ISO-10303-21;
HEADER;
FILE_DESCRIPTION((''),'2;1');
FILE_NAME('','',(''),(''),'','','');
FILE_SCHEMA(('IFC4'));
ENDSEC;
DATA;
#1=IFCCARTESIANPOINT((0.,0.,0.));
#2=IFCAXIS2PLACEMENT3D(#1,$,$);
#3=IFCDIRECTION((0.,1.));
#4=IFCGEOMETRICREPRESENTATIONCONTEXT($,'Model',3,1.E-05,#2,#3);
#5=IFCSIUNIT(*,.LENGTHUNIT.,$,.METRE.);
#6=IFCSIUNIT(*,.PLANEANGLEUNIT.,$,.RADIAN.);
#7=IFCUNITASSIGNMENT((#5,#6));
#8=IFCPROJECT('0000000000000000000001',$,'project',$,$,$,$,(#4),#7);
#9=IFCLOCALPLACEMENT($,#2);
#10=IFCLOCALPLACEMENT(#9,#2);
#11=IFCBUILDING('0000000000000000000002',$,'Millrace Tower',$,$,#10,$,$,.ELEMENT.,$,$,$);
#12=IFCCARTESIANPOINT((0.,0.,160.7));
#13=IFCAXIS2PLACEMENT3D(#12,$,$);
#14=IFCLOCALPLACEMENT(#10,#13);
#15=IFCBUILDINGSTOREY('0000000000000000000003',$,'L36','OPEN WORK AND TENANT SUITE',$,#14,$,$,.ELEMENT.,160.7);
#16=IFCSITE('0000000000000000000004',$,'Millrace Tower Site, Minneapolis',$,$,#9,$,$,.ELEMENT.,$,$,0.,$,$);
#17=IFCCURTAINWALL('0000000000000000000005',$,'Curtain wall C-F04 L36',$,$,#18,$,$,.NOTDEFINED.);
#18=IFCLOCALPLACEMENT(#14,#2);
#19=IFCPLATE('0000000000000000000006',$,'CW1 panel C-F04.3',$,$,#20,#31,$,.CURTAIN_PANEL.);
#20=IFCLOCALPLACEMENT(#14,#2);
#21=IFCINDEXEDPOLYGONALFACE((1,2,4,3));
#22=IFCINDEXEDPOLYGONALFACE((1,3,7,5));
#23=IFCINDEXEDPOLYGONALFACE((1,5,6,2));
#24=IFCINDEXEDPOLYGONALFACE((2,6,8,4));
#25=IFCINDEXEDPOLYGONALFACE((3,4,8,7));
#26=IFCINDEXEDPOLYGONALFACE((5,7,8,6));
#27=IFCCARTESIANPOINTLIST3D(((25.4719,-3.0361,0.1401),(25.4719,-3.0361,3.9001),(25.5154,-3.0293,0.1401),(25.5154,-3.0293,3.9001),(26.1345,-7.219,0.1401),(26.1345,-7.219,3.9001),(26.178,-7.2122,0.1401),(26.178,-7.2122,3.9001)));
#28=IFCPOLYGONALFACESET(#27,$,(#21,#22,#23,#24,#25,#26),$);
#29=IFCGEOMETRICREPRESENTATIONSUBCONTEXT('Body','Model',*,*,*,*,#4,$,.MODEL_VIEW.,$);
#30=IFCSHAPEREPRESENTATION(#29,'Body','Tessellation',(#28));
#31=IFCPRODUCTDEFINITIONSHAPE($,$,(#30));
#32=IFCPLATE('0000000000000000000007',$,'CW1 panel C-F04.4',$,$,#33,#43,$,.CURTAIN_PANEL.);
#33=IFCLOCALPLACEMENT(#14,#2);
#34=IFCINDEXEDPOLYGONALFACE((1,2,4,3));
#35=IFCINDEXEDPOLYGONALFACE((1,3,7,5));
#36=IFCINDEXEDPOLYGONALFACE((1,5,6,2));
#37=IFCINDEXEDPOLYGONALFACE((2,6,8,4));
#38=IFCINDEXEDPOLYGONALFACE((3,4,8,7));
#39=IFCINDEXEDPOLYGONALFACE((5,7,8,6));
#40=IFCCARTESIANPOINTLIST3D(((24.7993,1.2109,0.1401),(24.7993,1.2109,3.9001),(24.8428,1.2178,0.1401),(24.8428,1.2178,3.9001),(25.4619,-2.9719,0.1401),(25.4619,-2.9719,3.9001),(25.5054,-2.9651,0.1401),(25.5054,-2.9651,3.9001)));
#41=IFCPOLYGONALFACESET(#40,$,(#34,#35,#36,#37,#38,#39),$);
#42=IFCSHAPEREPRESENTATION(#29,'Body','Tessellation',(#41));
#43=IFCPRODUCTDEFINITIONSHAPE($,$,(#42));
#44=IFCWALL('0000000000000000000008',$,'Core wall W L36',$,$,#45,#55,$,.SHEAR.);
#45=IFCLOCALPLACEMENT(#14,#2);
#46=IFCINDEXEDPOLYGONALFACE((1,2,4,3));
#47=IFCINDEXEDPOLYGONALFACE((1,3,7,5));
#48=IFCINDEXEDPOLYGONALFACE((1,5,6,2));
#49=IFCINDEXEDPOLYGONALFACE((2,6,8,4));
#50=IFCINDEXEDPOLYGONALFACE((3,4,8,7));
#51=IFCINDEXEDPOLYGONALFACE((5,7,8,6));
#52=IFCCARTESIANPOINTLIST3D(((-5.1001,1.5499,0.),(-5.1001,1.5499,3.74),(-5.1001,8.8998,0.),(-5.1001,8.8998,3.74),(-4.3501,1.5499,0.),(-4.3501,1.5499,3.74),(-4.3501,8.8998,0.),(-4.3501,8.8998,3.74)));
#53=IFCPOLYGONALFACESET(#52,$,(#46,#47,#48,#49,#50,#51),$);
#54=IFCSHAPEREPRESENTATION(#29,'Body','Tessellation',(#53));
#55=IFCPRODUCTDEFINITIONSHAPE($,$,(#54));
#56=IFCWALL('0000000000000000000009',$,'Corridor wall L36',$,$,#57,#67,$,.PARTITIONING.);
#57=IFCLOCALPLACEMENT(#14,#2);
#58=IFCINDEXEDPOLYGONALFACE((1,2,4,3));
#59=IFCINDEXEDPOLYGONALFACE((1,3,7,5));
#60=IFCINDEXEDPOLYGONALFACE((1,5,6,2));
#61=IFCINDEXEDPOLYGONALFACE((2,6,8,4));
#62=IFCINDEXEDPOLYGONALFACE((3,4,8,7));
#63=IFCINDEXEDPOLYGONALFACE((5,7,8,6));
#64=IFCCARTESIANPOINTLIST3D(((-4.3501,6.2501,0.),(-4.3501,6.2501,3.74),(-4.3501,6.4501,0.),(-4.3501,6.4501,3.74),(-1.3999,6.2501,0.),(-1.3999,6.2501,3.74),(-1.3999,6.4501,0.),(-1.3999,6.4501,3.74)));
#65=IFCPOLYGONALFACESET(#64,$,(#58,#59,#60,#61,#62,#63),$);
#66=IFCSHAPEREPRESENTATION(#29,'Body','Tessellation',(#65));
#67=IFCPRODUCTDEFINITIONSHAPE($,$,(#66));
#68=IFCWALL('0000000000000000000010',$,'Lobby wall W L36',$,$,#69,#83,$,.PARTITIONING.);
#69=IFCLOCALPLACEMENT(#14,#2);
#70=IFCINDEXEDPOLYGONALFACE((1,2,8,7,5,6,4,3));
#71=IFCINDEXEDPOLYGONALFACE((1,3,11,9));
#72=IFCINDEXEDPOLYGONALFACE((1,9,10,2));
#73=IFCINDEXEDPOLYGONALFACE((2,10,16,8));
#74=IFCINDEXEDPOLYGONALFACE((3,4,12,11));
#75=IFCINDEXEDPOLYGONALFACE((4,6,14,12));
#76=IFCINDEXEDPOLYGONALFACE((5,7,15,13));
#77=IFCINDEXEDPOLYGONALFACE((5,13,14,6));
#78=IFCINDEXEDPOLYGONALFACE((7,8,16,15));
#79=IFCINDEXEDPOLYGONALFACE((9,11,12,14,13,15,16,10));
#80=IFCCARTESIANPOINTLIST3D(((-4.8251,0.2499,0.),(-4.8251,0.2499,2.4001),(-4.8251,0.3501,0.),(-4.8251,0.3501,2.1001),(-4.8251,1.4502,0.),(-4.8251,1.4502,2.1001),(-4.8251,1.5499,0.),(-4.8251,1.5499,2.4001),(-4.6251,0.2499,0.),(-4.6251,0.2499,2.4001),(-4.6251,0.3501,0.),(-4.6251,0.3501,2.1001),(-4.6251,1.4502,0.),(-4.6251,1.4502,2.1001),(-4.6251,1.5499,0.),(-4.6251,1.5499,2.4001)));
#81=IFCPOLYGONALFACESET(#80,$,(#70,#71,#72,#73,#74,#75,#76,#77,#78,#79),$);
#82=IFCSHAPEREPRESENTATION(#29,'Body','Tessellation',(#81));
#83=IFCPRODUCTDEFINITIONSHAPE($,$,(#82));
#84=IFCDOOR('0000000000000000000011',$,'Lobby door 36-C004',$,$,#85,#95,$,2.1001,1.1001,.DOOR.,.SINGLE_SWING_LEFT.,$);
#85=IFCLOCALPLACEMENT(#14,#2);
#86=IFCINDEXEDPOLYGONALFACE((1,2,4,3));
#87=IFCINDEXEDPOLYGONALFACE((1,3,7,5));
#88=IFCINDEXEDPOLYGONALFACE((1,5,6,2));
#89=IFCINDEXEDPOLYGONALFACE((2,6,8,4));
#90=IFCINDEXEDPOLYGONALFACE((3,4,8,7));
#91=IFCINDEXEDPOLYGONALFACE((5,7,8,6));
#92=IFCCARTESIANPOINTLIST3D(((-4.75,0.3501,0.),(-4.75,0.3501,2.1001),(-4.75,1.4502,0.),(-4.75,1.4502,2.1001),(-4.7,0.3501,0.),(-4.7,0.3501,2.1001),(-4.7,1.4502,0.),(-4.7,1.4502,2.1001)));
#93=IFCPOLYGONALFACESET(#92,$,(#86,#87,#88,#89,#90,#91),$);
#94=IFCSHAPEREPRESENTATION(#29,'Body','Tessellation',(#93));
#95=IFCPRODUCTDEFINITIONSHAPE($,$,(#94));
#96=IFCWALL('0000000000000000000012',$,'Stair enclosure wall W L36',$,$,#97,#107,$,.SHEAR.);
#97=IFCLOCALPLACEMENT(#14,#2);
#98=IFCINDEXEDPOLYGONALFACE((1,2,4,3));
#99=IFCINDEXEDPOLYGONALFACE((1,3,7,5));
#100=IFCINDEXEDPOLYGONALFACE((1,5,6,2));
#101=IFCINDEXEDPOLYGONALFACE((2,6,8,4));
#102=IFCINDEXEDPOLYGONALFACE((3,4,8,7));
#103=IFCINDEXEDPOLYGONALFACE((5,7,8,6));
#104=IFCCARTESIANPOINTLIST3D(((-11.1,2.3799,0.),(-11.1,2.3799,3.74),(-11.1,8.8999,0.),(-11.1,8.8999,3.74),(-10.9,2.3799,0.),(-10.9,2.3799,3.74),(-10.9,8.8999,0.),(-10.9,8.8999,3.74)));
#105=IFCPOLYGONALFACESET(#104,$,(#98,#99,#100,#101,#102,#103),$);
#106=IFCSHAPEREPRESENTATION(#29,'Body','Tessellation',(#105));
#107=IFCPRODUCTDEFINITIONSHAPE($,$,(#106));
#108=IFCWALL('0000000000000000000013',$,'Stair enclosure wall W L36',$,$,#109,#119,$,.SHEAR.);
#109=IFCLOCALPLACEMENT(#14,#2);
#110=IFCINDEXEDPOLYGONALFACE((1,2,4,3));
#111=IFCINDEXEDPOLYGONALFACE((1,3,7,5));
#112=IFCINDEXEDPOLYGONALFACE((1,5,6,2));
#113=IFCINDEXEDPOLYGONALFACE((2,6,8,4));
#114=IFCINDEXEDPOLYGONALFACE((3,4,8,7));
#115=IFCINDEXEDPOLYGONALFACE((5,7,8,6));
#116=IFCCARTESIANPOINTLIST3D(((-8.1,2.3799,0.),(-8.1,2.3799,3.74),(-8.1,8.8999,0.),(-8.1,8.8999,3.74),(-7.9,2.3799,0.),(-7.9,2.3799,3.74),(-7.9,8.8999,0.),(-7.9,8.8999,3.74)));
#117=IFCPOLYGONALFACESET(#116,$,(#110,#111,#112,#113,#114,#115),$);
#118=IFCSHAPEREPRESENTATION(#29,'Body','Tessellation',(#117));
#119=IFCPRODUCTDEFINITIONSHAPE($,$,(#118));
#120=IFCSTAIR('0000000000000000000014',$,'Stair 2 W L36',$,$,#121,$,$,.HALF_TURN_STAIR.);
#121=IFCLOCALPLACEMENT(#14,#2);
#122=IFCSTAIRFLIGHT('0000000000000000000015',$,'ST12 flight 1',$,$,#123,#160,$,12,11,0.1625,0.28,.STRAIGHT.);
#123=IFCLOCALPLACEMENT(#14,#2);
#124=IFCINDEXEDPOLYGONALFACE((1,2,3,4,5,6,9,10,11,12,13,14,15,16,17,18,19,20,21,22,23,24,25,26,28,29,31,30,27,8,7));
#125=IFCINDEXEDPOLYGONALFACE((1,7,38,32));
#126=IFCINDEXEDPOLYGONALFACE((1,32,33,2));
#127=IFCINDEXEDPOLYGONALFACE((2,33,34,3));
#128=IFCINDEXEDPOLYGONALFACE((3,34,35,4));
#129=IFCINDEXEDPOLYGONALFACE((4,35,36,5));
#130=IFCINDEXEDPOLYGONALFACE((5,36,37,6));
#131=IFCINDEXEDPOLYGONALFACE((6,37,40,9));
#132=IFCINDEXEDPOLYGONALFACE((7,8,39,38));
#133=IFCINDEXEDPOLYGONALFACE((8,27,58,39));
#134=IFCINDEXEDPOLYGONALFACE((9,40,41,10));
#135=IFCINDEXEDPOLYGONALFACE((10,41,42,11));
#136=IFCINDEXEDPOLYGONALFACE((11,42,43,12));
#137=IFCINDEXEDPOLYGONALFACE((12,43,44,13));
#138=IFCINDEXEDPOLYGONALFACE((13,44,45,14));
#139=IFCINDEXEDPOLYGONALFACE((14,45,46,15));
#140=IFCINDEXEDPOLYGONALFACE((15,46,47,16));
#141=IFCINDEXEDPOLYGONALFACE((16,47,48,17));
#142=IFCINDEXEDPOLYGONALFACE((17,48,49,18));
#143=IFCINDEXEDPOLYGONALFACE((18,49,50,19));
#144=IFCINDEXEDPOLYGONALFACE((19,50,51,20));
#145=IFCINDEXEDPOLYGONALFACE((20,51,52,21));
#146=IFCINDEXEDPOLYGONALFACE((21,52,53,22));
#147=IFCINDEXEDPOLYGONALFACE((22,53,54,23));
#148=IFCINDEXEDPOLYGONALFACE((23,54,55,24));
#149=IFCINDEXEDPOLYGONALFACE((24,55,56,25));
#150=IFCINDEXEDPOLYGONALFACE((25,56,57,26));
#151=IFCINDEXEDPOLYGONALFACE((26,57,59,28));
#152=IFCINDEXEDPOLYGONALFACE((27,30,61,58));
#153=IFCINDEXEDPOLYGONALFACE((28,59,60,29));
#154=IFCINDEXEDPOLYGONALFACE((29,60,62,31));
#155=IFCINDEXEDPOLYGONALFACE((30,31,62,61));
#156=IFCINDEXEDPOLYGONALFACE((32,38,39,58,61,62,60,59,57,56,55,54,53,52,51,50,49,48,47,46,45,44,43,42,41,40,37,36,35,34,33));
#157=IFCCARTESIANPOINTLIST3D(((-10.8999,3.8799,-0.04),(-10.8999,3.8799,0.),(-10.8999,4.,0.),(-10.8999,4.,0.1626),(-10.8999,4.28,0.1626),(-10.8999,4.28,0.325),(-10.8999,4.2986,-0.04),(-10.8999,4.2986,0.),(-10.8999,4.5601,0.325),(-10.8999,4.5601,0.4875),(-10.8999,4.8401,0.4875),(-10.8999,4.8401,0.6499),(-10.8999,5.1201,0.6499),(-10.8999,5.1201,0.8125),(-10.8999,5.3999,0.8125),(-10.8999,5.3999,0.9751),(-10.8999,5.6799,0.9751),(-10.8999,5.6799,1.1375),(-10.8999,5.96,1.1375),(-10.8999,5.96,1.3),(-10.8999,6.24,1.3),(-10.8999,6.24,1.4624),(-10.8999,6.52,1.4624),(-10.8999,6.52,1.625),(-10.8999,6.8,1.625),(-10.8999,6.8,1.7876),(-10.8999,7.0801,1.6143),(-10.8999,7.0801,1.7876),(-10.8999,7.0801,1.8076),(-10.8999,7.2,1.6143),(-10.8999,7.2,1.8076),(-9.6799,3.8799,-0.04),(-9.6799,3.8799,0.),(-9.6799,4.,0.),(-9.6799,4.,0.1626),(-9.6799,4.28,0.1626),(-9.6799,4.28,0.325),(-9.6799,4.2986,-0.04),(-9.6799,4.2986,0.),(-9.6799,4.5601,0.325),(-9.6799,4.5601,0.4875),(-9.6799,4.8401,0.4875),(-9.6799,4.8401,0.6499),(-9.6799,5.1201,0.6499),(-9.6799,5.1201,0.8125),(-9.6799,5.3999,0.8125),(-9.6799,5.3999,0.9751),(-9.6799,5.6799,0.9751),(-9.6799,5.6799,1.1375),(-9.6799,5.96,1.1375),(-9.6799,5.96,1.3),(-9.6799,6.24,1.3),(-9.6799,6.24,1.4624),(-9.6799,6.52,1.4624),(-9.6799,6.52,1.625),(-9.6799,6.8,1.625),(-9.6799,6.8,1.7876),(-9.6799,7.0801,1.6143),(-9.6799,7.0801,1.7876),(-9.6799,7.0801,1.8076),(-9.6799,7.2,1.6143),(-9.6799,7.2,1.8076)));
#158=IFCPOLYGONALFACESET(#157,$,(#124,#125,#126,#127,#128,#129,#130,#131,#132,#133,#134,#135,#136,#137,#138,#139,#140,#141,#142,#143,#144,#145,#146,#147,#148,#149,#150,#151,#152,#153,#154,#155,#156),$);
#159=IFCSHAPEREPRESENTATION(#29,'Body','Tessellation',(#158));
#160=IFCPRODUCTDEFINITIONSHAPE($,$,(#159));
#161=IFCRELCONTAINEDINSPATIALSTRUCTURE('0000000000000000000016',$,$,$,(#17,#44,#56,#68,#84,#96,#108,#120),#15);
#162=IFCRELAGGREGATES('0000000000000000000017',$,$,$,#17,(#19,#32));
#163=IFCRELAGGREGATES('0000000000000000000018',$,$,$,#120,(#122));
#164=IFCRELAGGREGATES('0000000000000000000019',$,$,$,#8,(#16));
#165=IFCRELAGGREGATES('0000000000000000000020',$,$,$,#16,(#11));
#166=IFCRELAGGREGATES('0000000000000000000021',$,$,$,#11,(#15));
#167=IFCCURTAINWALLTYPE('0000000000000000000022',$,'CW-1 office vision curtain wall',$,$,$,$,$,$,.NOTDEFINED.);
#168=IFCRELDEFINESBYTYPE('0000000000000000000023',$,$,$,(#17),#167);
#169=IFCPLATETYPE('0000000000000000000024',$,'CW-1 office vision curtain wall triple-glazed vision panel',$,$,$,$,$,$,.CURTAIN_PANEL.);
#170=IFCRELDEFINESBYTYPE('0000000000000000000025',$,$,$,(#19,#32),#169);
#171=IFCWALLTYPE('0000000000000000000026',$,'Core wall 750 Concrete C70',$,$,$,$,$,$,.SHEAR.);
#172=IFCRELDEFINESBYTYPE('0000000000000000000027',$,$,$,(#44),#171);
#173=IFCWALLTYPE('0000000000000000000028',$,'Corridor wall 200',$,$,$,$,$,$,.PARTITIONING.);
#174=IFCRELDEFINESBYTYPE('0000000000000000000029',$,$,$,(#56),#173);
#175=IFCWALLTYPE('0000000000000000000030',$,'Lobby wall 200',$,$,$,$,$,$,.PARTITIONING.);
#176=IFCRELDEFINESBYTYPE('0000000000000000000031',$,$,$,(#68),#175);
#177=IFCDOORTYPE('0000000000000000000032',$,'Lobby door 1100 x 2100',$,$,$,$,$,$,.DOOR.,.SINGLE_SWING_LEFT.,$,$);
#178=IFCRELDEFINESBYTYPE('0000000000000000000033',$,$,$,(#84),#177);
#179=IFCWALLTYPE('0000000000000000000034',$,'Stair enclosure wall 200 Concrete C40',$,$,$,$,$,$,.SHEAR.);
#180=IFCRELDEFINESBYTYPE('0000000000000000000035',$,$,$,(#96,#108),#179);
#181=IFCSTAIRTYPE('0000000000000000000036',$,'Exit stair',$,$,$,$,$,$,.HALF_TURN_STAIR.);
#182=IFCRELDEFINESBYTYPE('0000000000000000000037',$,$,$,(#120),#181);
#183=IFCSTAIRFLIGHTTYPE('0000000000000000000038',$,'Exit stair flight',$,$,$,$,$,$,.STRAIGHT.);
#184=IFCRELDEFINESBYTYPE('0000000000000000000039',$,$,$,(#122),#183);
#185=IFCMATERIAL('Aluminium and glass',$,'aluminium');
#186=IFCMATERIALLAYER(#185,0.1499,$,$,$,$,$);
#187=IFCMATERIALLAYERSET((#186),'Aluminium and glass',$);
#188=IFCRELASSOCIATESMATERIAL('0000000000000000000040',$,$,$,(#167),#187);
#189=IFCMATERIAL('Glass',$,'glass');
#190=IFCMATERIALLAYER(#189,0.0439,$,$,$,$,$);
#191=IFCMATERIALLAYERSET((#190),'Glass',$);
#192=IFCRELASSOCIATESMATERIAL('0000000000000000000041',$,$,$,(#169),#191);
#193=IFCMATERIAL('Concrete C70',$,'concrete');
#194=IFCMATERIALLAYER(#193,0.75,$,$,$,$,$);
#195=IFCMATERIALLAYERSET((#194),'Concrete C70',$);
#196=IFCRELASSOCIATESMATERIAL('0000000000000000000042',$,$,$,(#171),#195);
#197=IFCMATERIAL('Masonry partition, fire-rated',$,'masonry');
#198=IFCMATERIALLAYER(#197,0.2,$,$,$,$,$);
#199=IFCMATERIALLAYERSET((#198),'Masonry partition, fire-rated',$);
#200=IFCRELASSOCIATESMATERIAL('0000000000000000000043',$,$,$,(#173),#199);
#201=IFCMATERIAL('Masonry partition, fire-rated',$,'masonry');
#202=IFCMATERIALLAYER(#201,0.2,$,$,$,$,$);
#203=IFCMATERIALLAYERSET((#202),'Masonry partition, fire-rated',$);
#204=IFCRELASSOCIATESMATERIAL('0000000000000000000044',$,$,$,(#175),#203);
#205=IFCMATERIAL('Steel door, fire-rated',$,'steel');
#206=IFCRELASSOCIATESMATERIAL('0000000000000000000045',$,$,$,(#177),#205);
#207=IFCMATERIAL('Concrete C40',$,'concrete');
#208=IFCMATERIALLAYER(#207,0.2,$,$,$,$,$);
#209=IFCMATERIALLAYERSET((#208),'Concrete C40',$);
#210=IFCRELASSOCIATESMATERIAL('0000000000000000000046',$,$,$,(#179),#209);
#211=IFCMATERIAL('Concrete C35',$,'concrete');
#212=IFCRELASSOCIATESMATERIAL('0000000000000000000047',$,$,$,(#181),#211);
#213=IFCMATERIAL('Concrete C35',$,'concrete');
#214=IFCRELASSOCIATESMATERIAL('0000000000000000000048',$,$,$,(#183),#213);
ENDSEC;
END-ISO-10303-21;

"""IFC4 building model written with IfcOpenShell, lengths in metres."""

from ifc_helpers import new_model, si_unit, direction, frame, frame_2d, origin, place, context, subcontext, project, spatial, polyline, rectangle, outline, extrude, material, layer, layer_set, type_object, element, fill, aggregate, save


model = new_model("IFC4")

# Units and contexts
model_context = context("Model", 3, precision=1e-05, world=origin(), true_north=direction((0.0, 1.0)))
body_context = subcontext(model_context, "Body", "Model", "MODEL_VIEW")
ifc_project = project(units=[si_unit("LENGTHUNIT", "METRE"), si_unit("PLANEANGLEUNIT", "RADIAN")], contexts=[model_context])

# Site, building, storey
site_placement = place(None, origin())
site = spatial("IfcSite", under=ifc_project, at=site_placement, Name="Millrace Tower Site, Minneapolis", CompositionType="ELEMENT", RefElevation=0.0)
building_placement = place(site_placement, origin())
building = spatial("IfcBuilding", under=site, at=building_placement, Name="Millrace Tower", CompositionType="ELEMENT")
storey_placement = place(building_placement, frame((0.0, 0.0, 160.7)))
storey = spatial("IfcBuildingStorey", under=building, at=storey_placement, Name="L36", Description="OPEN WORK AND TENANT SUITE", CompositionType="ELEMENT", Elevation=160.7)

# Shared definitions
ifc_material_1 = material(Name="Aluminium and glass", Category="aluminium")
ifc_layer_1 = layer(ifc_material_1, 0.1499)
ifc_layer_set_1 = layer_set([ifc_layer_1], Name="Aluminium and glass")
curtain_wall_type = type_object("IfcCurtainWallType", Name="CW-1 office vision curtain wall", PredefinedType="NOTDEFINED", material=ifc_layer_set_1)
placement_1 = place(storey_placement, origin())
ifc_material_2 = material(Name="Glass", Category="glass")
ifc_layer_2 = layer(ifc_material_2, 0.0439)
ifc_layer_set_2 = layer_set([ifc_layer_2], Name="Glass")
plate_type = type_object("IfcPlateType", Name="CW-1 office vision curtain wall triple-glazed vision panel", PredefinedType="CURTAIN_PANEL", material=ifc_layer_set_2)
placement_2 = place(storey_placement, frame((0.0, 0.0, 0.1401)))

# Curtain wall, plates
curtain_wall_1 = element("IfcCurtainWall", 1, at=placement_1, inside=storey, type_object=curtain_wall_type, Name="Curtain wall C-F04 L36", PredefinedType="NOTDEFINED")
plate_1 = element("IfcPlate", 2, at=placement_2, type_object=plate_type, Name="CW1 panel C-F04.3", PredefinedType="CURTAIN_PANEL", context=body_context, shape_type="SweptSolid", body=[
    extrude(outline(polyline([(26.178, -7.2122), (25.5154, -3.0293), (25.4719, -3.0361), (26.1345, -7.219), (26.178, -7.2122)])), origin(), (0.0, 0.0, 1.0), 3.76),
])
plate_2 = element("IfcPlate", 3, at=placement_2, type_object=plate_type, Name="CW1 panel C-F04.4", PredefinedType="CURTAIN_PANEL", context=body_context, shape_type="SweptSolid", body=[
    extrude(outline(polyline([(25.5054, -2.9651), (24.8428, 1.2178), (24.7993, 1.2109), (25.4619, -2.9719), (25.5054, -2.9651)])), origin(), (0.0, 0.0, 1.0), 3.76),
])
aggregate(curtain_wall_1, [plate_1, plate_2])

# Walls
ifc_material_3 = material(Name="Concrete C70", Category="concrete")
ifc_layer_3 = layer(ifc_material_3, 0.75)
ifc_layer_set_3 = layer_set([ifc_layer_3], Name="Concrete C70")
wall_type_1 = type_object("IfcWallType", Name="Core wall 750 Concrete C70", PredefinedType="SHEAR", material=ifc_layer_set_3)
wall_1_placement = place(storey_placement, frame((-4.7251, 1.55, 0.0), z_axis=(0.0, 0.0, 1.0), x_axis=(0.0, 1.0, 0.0)))
element("IfcWall", 4, at=wall_1_placement, inside=storey, type_object=wall_type_1, Name="Core wall W L36", PredefinedType="SHEAR", context=body_context, shape_type="SweptSolid", body=[
    extrude(rectangle(XDim=7.3499, YDim=0.75, at=frame_2d((3.6748, 0.0))), origin(), (0.0, 0.0, 1.0), 3.74),
])
ifc_material_4 = material(Name="Masonry partition, fire-rated", Category="masonry")
ifc_layer_4 = layer(ifc_material_4, 0.2)
ifc_layer_set_4 = layer_set([ifc_layer_4], Name="Masonry partition, fire-rated")
wall_type_2 = type_object("IfcWallType", Name="Corridor wall 200", PredefinedType="PARTITIONING", material=ifc_layer_set_4)
wall_2_placement = place(storey_placement, frame((-4.3501, 6.3501, 0.0), z_axis=(0.0, 0.0, 1.0), x_axis=(1.0, 0.0, 0.0)))
element("IfcWall", 5, at=wall_2_placement, inside=storey, type_object=wall_type_2, Name="Corridor wall L36", PredefinedType="PARTITIONING", context=body_context, shape_type="SweptSolid", body=[
    extrude(rectangle(XDim=2.9502, YDim=0.2, at=frame_2d((1.4751, 0.0))), origin(), (0.0, 0.0, 1.0), 3.74),
])

# Wall, opening, door
ifc_material_5 = material(Name="Masonry partition, fire-rated", Category="masonry")
ifc_layer_5 = layer(ifc_material_5, 0.2)
ifc_layer_set_5 = layer_set([ifc_layer_5], Name="Masonry partition, fire-rated")
wall_type_3 = type_object("IfcWallType", Name="Lobby wall 200", PredefinedType="PARTITIONING", material=ifc_layer_set_5)
wall_3_placement = place(storey_placement, frame((-4.7251, 0.25, 0.0), z_axis=(0.0, 0.0, 1.0), x_axis=(0.0, 1.0, 0.0)))
wall_3 = element("IfcWall", 6, at=wall_3_placement, inside=storey, type_object=wall_type_3, Name="Lobby wall W L36", PredefinedType="PARTITIONING", context=body_context, shape_type="SweptSolid", body=[
    extrude(rectangle(XDim=1.3, YDim=0.2, at=frame_2d((0.6499, 0.0))), origin(), (0.0, 0.0, 1.0), 2.4001),
])
opening_placement = place(wall_3_placement, frame((0.1001, 0.0, 0.0)))
opening = element("IfcOpeningElement", 7, at=opening_placement, cuts=wall_3, PredefinedType="OPENING", context=body_context, shape_type="SweptSolid", body=[
    extrude(rectangle(XDim=1.1001, YDim=2.1001, at=frame_2d((0.55, 1.05))), frame((0.0, 0.1099, 0.0), z_axis=(0.0, -1.0, 0.0), x_axis=(1.0, 0.0, 0.0)), (0.0, 0.0, 1.0), 0.22),
])
ifc_material_6 = material(Name="Steel door, fire-rated", Category="steel")
door_type = type_object("IfcDoorType", Name="Lobby door 1100 x 2100", OperationType="SINGLE_SWING_LEFT", PredefinedType="DOOR", material=ifc_material_6)
door_placement = place(opening_placement, origin())
door = element("IfcDoor", 8, at=door_placement, inside=storey, type_object=door_type, Name="Lobby door 36-C004", OperationType="SINGLE_SWING_LEFT", OverallHeight=2.1001, OverallWidth=1.1001, PredefinedType="DOOR", context=body_context, shape_type="SweptSolid", body=[
    extrude(rectangle(XDim=1.1001, YDim=2.1001, at=frame_2d((0.55, 1.05))), frame((0.0, 0.0249, 0.0), z_axis=(0.0, -1.0, 0.0), x_axis=(1.0, 0.0, 0.0)), (0.0, 0.0, 1.0), 0.05),
])
fill(opening, door)

# Walls
ifc_material_7 = material(Name="Concrete C40", Category="concrete")
ifc_layer_6 = layer(ifc_material_7, 0.2)
ifc_layer_set_6 = layer_set([ifc_layer_6], Name="Concrete C40")
wall_type_4 = type_object("IfcWallType", Name="Stair enclosure wall 200 Concrete C40", PredefinedType="SHEAR", material=ifc_layer_set_6)
for number, where, z_axis, x_axis, name in (
    (9, (-11.0, 2.3799, 0.0), (0.0, 0.0, 1.0), (0.0, 1.0, 0.0), "Stair enclosure wall W L36"),
    (10, (-8.0, 2.3799, 0.0), (0.0, 0.0, 1.0), (0.0, 1.0, 0.0), "Stair enclosure wall W L36"),
):
    element("IfcWall", number, at=place(storey_placement, frame(where, z_axis=z_axis, x_axis=x_axis)), inside=storey, type_object=wall_type_4, Name=name, PredefinedType="SHEAR", context=body_context, shape_type="SweptSolid", body=[
        extrude(rectangle(XDim=6.52, YDim=0.2, at=frame_2d((3.26, 0.0))), origin(), (0.0, 0.0, 1.0), 3.74),
    ])

# Stair, stair flight
ifc_material_8 = material(Name="Concrete C35", Category="concrete")
stair_type = type_object("IfcStairType", Name="Exit stair", PredefinedType="HALF_TURN_STAIR", material=ifc_material_8)
stair_1 = element("IfcStair", 11, at=placement_1, inside=storey, type_object=stair_type, Name="Stair 2 W L36", PredefinedType="HALF_TURN_STAIR")
ifc_material_9 = material(Name="Concrete C35", Category="concrete")
stair_flight_type = type_object("IfcStairFlightType", Name="Exit stair flight", PredefinedType="STRAIGHT", material=ifc_material_9)
stair_flight_1_placement = place(storey_placement, frame((-10.29, 4.0, 0.0), z_axis=(0.0, 0.0, 1.0), x_axis=(0.0, 1.0, 0.0)))
stair_flight_1 = element("IfcStairFlight", 12, at=stair_flight_1_placement, type_object=stair_flight_type, Name="ST12 flight 1", NumberOfRisers=12, NumberOfTreads=11, PredefinedType="STRAIGHT", RiserHeight=0.1625, TreadLength=0.28, context=body_context, shape_type="SweptSolid", body=[
    extrude(outline(polyline([(-0.1201, -0.04), (-0.1201, 0.0), (0.0, 0.0), (0.0, 0.1626), (0.28, 0.1626), (0.28, 0.325), (0.5601, 0.325), (0.5601, 0.4875), (0.8401, 0.4875), (0.8401, 0.6499), (1.1201, 0.6499), (1.1201, 0.8125), (1.3999, 0.8125), (1.3999, 0.9751), (1.6799, 0.9751), (1.6799, 1.1375), (1.96, 1.1375), (1.96, 1.3), (2.24, 1.3), (2.24, 1.4624), (2.52, 1.4624), (2.52, 1.625), (2.8, 1.625), (2.8, 1.7876), (3.0801, 1.7876), (3.0801, 1.8076), (3.2, 1.8076), (3.2, 1.6143), (3.0801, 1.6143), (0.2986, 0.0), (0.2986, -0.04), (-0.1201, -0.04)])), frame((0.0, 0.6099, 0.0), z_axis=(0.0, -1.0, 0.0), x_axis=(1.0, 0.0, 0.0)), (0.0, 0.0, 1.0), 1.22),
])
aggregate(stair_1, [stair_flight_1])

save(model, "model.ifc")
